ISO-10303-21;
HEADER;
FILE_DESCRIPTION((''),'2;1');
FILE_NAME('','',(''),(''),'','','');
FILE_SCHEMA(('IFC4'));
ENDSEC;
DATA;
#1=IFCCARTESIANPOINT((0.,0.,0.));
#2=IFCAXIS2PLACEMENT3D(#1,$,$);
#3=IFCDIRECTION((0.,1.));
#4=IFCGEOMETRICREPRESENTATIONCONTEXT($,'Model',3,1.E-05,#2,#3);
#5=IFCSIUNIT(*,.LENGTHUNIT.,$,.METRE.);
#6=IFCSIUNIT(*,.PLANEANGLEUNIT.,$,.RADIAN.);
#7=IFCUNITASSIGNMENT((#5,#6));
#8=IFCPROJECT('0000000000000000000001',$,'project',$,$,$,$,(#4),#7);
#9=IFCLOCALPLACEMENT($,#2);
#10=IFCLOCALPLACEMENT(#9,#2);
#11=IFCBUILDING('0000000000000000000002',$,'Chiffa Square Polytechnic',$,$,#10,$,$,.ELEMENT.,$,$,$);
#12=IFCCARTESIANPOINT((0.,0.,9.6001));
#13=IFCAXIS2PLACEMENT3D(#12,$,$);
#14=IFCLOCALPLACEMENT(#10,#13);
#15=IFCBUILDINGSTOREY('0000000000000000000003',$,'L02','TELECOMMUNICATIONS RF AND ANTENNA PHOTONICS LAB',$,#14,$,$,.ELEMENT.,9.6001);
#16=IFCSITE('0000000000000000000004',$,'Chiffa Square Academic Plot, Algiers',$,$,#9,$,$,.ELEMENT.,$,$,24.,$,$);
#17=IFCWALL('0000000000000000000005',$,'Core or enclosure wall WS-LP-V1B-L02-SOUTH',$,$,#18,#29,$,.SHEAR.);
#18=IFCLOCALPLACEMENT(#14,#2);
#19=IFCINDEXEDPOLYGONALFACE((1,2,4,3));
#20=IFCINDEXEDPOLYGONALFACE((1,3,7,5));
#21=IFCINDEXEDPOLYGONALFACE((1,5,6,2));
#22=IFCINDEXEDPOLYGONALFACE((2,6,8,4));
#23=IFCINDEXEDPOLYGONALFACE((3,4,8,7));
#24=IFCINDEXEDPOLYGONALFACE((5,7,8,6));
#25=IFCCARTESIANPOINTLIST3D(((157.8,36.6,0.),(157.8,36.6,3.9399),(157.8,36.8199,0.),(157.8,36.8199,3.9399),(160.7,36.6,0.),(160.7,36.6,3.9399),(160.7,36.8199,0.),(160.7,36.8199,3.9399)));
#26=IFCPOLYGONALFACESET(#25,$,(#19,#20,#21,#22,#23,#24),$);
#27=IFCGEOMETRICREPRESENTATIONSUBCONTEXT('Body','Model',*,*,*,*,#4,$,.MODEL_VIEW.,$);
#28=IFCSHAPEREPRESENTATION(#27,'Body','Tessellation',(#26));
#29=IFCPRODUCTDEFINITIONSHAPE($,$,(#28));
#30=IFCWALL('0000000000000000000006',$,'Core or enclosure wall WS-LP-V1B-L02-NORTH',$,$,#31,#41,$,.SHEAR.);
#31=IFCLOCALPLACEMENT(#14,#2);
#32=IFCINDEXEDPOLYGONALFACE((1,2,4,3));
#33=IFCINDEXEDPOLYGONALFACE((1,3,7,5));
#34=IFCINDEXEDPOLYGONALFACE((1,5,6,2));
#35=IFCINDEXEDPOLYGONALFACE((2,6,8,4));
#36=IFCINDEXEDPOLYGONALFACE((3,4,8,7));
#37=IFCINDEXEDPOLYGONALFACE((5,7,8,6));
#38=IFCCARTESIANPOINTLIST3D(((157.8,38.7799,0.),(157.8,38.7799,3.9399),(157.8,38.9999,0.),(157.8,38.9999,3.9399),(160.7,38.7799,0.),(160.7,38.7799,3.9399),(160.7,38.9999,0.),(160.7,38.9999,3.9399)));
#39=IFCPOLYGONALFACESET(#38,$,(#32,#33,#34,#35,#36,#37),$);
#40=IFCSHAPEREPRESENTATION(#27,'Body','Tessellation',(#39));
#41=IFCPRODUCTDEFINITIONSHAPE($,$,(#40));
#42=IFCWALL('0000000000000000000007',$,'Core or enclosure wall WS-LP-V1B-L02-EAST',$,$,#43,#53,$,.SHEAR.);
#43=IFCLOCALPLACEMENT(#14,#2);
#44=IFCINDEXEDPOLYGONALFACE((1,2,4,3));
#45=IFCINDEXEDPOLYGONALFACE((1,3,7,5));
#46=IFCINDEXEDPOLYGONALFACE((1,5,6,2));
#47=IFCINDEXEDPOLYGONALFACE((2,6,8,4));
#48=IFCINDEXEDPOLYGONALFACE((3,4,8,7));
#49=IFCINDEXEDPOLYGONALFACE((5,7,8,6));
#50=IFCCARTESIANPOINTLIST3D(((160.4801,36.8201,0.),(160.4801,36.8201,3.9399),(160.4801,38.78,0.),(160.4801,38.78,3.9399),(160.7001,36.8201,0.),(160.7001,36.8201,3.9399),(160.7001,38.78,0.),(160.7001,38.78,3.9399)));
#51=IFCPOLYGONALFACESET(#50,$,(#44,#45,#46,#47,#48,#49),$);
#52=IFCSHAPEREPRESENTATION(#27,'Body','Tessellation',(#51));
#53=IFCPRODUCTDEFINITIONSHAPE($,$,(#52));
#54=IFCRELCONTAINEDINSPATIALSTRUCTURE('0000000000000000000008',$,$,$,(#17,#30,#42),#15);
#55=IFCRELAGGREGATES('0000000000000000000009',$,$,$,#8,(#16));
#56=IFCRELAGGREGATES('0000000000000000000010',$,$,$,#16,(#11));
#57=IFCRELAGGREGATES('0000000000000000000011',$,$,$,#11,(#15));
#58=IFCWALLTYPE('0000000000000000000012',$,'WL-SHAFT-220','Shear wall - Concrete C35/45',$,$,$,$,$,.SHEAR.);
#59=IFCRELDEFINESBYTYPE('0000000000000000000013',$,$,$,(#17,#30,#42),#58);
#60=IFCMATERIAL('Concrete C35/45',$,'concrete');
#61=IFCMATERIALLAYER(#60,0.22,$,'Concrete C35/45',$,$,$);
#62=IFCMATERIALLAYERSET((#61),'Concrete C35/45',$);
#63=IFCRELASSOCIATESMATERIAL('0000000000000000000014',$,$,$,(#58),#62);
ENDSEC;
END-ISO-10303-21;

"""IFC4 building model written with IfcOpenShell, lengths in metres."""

from ifc_helpers import new_model, si_unit, direction, frame, frame_2d, origin, place, context, subcontext, project, spatial, rectangle, extrude, material, layer, layer_set, type_object, element, save


model = new_model("IFC4")

# Units and contexts
model_context = context("Model", 3, precision=1e-05, world=origin(), true_north=direction((0.0, 1.0)))
body_context = subcontext(model_context, "Body", "Model", "MODEL_VIEW")
ifc_project = project(units=[si_unit("LENGTHUNIT", "METRE"), si_unit("PLANEANGLEUNIT", "RADIAN")], contexts=[model_context])

# Site, building, storey
site_placement = place(None, origin())
site = spatial("IfcSite", under=ifc_project, at=site_placement, Name="Chiffa Square Academic Plot, Algiers", CompositionType="ELEMENT", RefElevation=24.0)
building_placement = place(site_placement, origin())
building = spatial("IfcBuilding", under=site, at=building_placement, Name="Chiffa Square Polytechnic", CompositionType="ELEMENT")
storey_placement = place(building_placement, frame((0.0, 0.0, 9.6001)))
storey = spatial("IfcBuildingStorey", under=building, at=storey_placement, Name="L02", Description="TELECOMMUNICATIONS RF AND ANTENNA PHOTONICS LAB", CompositionType="ELEMENT", Elevation=9.6001)

# Shared definitions
ifc_material_1 = material(Name="Concrete C35/45", Category="concrete")

# Walls
ifc_layer_1 = layer(ifc_material_1, 0.22, Name="Concrete C35/45")
ifc_layer_set_1 = layer_set([ifc_layer_1], Name="Concrete C35/45")
wall_type_1 = type_object("IfcWallType", Name="WL-SHAFT-220", Description="Shear wall - Concrete C35/45", PredefinedType="SHEAR", material=ifc_layer_set_1)
for number, where, z_axis, x_axis, name in (
    (1, (157.8, 36.71, 0.0), (0.0, 0.0, 1.0), (1.0, 0.0, 0.0), "Core or enclosure wall WS-LP-V1B-L02-SOUTH"),
    (2, (157.8, 38.8899, 0.0), (0.0, 0.0, 1.0), (1.0, 0.0, 0.0), "Core or enclosure wall WS-LP-V1B-L02-NORTH"),
):
    element("IfcWall", number, at=place(storey_placement, frame(where, z_axis=z_axis, x_axis=x_axis)), inside=storey, type_object=wall_type_1, Name=name, PredefinedType="SHEAR", context=body_context, shape_type="SweptSolid", body=[
        extrude(rectangle(XDim=2.8999, YDim=0.22, at=frame_2d((1.45, 0.0))), origin(), (0.0, 0.0, 1.0), 3.9399),
    ])

# Wall
wall_1_placement = place(storey_placement, frame((160.5901, 36.8201, 0.0), z_axis=(0.0, 0.0, 1.0), x_axis=(0.0, 1.0, 0.0)))
element("IfcWall", 3, at=wall_1_placement, inside=storey, type_object=wall_type_1, Name="Core or enclosure wall WS-LP-V1B-L02-EAST", PredefinedType="SHEAR", context=body_context, shape_type="SweptSolid", body=[
    extrude(rectangle(XDim=1.96, YDim=0.22, at=frame_2d((0.98, 0.0))), origin(), (0.0, 0.0, 1.0), 3.9399),
])

save(model, "model.ifc")
